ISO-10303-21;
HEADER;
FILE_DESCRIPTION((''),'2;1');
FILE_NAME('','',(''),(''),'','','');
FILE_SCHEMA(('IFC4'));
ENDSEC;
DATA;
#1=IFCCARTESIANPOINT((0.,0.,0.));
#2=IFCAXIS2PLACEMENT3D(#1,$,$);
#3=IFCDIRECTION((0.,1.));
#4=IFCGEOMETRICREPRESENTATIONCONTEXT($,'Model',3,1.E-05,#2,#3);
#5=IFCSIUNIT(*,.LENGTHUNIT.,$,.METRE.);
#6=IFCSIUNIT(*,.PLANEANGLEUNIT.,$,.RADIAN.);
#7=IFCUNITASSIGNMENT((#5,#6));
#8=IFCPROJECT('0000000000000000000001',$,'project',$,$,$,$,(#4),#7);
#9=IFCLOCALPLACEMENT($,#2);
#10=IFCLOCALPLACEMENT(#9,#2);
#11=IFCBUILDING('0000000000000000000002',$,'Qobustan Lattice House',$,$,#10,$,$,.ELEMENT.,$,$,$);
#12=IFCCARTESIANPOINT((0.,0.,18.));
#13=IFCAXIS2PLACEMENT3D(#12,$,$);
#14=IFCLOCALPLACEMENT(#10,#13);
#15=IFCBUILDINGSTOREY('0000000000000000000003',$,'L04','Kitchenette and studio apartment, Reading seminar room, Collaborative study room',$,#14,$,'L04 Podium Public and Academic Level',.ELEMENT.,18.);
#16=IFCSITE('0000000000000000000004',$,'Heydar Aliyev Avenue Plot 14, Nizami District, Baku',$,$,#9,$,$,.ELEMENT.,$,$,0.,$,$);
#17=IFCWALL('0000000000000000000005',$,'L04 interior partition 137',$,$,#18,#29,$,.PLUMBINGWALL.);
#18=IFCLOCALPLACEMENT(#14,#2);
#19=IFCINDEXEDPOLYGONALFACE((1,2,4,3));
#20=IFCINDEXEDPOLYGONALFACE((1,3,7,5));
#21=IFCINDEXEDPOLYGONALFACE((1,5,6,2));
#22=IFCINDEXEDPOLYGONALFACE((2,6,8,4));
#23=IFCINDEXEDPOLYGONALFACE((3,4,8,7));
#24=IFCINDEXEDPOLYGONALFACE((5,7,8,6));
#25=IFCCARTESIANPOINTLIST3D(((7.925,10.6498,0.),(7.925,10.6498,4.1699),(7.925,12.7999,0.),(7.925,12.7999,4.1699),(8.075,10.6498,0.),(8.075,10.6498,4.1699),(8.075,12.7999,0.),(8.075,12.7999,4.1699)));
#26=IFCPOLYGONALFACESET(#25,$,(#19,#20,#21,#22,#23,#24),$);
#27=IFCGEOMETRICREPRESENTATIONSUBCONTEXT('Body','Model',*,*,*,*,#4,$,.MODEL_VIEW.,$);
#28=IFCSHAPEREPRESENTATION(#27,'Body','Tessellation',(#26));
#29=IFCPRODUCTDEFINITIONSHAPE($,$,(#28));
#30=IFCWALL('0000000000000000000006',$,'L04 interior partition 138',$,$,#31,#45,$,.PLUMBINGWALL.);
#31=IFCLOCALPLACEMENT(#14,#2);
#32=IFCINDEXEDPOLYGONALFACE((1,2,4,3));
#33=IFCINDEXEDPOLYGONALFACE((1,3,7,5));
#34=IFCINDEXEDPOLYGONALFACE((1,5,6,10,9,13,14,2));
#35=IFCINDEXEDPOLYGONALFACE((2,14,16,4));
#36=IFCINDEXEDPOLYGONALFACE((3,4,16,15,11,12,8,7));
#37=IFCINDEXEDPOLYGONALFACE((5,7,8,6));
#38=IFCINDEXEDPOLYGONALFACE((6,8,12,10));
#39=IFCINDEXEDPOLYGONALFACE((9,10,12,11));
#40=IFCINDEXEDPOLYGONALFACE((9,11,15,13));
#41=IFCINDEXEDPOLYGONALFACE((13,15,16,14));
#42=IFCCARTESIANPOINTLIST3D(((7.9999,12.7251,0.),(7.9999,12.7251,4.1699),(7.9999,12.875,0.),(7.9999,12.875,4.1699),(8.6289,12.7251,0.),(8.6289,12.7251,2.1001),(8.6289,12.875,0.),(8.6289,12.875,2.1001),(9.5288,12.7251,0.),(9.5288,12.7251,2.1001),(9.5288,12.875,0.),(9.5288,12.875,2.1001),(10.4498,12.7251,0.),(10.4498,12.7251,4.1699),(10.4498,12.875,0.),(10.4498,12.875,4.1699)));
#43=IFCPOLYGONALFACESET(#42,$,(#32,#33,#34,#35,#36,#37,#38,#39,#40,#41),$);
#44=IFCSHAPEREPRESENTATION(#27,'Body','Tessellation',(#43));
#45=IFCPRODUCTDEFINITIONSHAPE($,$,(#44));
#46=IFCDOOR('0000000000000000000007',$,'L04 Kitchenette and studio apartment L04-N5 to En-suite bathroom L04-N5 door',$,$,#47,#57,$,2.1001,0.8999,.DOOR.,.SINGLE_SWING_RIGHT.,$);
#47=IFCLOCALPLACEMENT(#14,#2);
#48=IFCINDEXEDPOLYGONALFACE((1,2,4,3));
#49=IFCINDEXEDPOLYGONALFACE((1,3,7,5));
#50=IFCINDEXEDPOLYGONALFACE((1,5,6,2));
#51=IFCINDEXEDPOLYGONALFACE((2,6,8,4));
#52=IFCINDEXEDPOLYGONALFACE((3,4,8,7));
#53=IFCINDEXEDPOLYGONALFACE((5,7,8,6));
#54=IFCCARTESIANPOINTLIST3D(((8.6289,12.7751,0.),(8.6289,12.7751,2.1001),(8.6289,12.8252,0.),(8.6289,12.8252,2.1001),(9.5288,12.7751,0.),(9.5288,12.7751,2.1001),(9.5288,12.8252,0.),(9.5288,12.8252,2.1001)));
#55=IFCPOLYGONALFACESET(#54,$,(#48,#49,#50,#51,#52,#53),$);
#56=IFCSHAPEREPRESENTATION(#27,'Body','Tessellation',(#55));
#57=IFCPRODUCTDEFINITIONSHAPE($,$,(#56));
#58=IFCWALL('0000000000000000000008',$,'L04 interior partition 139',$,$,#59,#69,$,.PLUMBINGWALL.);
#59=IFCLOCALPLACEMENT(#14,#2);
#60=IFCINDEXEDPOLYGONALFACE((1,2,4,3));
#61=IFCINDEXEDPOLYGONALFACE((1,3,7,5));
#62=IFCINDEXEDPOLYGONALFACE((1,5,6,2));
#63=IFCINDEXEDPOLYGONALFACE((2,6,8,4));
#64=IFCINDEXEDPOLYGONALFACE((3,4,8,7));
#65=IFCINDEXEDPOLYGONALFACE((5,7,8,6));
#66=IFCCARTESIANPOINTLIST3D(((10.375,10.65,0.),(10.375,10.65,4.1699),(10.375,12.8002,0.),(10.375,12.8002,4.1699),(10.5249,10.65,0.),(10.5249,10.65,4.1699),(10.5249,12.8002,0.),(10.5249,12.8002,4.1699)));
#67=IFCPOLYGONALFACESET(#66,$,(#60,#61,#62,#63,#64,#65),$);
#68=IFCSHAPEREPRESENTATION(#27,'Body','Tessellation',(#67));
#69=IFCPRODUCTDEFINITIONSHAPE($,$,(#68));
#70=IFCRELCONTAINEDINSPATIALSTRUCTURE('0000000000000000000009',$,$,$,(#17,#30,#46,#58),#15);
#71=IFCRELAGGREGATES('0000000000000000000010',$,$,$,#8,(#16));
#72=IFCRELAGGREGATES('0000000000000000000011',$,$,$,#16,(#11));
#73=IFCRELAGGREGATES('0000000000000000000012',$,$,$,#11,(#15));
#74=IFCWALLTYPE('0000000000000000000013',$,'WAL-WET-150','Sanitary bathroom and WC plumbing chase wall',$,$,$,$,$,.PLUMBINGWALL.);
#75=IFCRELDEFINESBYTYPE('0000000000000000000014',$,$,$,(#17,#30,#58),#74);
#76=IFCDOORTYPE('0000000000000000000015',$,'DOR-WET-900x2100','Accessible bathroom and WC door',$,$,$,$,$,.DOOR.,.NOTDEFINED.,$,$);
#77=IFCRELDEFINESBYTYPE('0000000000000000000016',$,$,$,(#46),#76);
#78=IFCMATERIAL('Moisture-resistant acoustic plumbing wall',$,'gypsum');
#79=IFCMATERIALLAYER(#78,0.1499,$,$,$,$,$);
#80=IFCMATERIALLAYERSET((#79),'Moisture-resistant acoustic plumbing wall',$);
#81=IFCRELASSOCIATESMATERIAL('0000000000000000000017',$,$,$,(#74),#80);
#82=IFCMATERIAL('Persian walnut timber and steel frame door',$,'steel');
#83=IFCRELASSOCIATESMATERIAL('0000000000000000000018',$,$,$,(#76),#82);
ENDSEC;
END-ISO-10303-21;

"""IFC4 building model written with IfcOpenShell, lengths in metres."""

from ifc_helpers import new_model, si_unit, direction, frame, frame_2d, origin, place, context, subcontext, project, spatial, rectangle, extrude, material, layer, layer_set, type_object, element, fill, save


model = new_model("IFC4")

# Units and contexts
model_context = context("Model", 3, precision=1e-05, world=origin(), true_north=direction((0.0, 1.0)))
body_context = subcontext(model_context, "Body", "Model", "MODEL_VIEW")
ifc_project = project(units=[si_unit("LENGTHUNIT", "METRE"), si_unit("PLANEANGLEUNIT", "RADIAN")], contexts=[model_context])

# Site, building, storey
site_placement = place(None, origin())
site = spatial("IfcSite", under=ifc_project, at=site_placement, Name="Heydar Aliyev Avenue Plot 14, Nizami District, Baku", CompositionType="ELEMENT", RefElevation=0.0)
building_placement = place(site_placement, origin())
building = spatial("IfcBuilding", under=site, at=building_placement, Name="Qobustan Lattice House", CompositionType="ELEMENT")
storey_placement = place(building_placement, frame((0.0, 0.0, 18.0)))
storey = spatial("IfcBuildingStorey", under=building, at=storey_placement, Name="L04", Description="Kitchenette and studio apartment, Reading seminar room, Collaborative study room", LongName="L04 Podium Public and Academic Level", CompositionType="ELEMENT", Elevation=18.0)

# Shared definitions
ifc_material_1 = material(Name="Moisture-resistant acoustic plumbing wall", Category="gypsum")
ifc_layer_1 = layer(ifc_material_1, 0.1499)
ifc_layer_set_1 = layer_set([ifc_layer_1], Name="Moisture-resistant acoustic plumbing wall")
wall_type_1 = type_object("IfcWallType", Name="WAL-WET-150", Description="Sanitary bathroom and WC plumbing chase wall", PredefinedType="PLUMBINGWALL", material=ifc_layer_set_1)

# Shared definitions
ifc_material_2 = material(Name="Persian walnut timber and steel frame door", Category="steel")
door_type_1 = type_object("IfcDoorType", Name="DOR-WET-900x2100", Description="Accessible bathroom and WC door", OperationType="NOTDEFINED", PredefinedType="DOOR", material=ifc_material_2)

# Wall
for number, where, z_axis, x_axis, name in (
    (1, (8.0, 12.8, 0.0), (0.0, 0.0, 1.0), (0.0, -1.0, 0.0), "L04 interior partition 137"),
):
    element("IfcWall", number, at=place(storey_placement, frame(where, z_axis=z_axis, x_axis=x_axis)), inside=storey, type_object=wall_type_1, Name=name, PredefinedType="PLUMBINGWALL", context=body_context, shape_type="SweptSolid", body=[
        extrude(rectangle(XDim=2.1501, YDim=0.1499, at=frame_2d((1.0752, 0.0))), origin(), (0.0, 0.0, 1.0), 4.1699),
    ])

# Wall, opening, door
wall_1_placement = place(storey_placement, frame((10.45, 12.8, 0.0), z_axis=(0.0, 0.0, 1.0), x_axis=(-1.0, 0.0, 0.0)))
wall_1 = element("IfcWall", 2, at=wall_1_placement, inside=storey, type_object=wall_type_1, Name="L04 interior partition 138", PredefinedType="PLUMBINGWALL", context=body_context, shape_type="SweptSolid", body=[
    extrude(rectangle(XDim=2.45, YDim=0.1499, at=frame_2d((1.2251, 0.0))), origin(), (0.0, 0.0, 1.0), 4.1699),
])
opening_1_placement = place(wall_1_placement, frame((0.9211, 0.0, 0.0)))
opening_1 = element("IfcOpeningElement", 3, at=opening_1_placement, cuts=wall_1, PredefinedType="OPENING", context=body_context, shape_type="SweptSolid", body=[
    extrude(rectangle(XDim=0.8999, YDim=2.1001, at=frame_2d((0.45, 1.05))), frame((0.0, 0.085, 0.0), z_axis=(0.0, -1.0, 0.0), x_axis=(1.0, 0.0, 0.0)), (0.0, 0.0, 1.0), 0.1699),
])
door_1_placement = place(opening_1_placement, origin())
door_1 = element("IfcDoor", 4, at=door_1_placement, inside=storey, type_object=door_type_1, Name="L04 Kitchenette and studio apartment L04-N5 to En-suite bathroom L04-N5 door", OperationType="SINGLE_SWING_RIGHT", OverallHeight=2.1001, OverallWidth=0.8999, PredefinedType="DOOR", context=body_context, shape_type="SweptSolid", body=[
    extrude(rectangle(XDim=0.8999, YDim=2.1001, at=frame_2d((0.45, 1.05))), frame((0.0, 0.0249, 0.0), z_axis=(0.0, -1.0, 0.0), x_axis=(1.0, 0.0, 0.0)), (0.0, 0.0, 1.0), 0.05),
])
fill(opening_1, door_1)

# Wall
wall_2_placement = place(storey_placement, frame((10.45, 10.6499, 0.0), z_axis=(0.0, 0.0, 1.0), x_axis=(0.0, 1.0, 0.0)))
element("IfcWall", 5, at=wall_2_placement, inside=storey, type_object=wall_type_1, Name="L04 interior partition 139", PredefinedType="PLUMBINGWALL", context=body_context, shape_type="SweptSolid", body=[
    extrude(rectangle(XDim=2.1501, YDim=0.1499, at=frame_2d((1.0752, 0.0))), origin(), (0.0, 0.0, 1.0), 4.1699),
])

save(model, "model.ifc")
